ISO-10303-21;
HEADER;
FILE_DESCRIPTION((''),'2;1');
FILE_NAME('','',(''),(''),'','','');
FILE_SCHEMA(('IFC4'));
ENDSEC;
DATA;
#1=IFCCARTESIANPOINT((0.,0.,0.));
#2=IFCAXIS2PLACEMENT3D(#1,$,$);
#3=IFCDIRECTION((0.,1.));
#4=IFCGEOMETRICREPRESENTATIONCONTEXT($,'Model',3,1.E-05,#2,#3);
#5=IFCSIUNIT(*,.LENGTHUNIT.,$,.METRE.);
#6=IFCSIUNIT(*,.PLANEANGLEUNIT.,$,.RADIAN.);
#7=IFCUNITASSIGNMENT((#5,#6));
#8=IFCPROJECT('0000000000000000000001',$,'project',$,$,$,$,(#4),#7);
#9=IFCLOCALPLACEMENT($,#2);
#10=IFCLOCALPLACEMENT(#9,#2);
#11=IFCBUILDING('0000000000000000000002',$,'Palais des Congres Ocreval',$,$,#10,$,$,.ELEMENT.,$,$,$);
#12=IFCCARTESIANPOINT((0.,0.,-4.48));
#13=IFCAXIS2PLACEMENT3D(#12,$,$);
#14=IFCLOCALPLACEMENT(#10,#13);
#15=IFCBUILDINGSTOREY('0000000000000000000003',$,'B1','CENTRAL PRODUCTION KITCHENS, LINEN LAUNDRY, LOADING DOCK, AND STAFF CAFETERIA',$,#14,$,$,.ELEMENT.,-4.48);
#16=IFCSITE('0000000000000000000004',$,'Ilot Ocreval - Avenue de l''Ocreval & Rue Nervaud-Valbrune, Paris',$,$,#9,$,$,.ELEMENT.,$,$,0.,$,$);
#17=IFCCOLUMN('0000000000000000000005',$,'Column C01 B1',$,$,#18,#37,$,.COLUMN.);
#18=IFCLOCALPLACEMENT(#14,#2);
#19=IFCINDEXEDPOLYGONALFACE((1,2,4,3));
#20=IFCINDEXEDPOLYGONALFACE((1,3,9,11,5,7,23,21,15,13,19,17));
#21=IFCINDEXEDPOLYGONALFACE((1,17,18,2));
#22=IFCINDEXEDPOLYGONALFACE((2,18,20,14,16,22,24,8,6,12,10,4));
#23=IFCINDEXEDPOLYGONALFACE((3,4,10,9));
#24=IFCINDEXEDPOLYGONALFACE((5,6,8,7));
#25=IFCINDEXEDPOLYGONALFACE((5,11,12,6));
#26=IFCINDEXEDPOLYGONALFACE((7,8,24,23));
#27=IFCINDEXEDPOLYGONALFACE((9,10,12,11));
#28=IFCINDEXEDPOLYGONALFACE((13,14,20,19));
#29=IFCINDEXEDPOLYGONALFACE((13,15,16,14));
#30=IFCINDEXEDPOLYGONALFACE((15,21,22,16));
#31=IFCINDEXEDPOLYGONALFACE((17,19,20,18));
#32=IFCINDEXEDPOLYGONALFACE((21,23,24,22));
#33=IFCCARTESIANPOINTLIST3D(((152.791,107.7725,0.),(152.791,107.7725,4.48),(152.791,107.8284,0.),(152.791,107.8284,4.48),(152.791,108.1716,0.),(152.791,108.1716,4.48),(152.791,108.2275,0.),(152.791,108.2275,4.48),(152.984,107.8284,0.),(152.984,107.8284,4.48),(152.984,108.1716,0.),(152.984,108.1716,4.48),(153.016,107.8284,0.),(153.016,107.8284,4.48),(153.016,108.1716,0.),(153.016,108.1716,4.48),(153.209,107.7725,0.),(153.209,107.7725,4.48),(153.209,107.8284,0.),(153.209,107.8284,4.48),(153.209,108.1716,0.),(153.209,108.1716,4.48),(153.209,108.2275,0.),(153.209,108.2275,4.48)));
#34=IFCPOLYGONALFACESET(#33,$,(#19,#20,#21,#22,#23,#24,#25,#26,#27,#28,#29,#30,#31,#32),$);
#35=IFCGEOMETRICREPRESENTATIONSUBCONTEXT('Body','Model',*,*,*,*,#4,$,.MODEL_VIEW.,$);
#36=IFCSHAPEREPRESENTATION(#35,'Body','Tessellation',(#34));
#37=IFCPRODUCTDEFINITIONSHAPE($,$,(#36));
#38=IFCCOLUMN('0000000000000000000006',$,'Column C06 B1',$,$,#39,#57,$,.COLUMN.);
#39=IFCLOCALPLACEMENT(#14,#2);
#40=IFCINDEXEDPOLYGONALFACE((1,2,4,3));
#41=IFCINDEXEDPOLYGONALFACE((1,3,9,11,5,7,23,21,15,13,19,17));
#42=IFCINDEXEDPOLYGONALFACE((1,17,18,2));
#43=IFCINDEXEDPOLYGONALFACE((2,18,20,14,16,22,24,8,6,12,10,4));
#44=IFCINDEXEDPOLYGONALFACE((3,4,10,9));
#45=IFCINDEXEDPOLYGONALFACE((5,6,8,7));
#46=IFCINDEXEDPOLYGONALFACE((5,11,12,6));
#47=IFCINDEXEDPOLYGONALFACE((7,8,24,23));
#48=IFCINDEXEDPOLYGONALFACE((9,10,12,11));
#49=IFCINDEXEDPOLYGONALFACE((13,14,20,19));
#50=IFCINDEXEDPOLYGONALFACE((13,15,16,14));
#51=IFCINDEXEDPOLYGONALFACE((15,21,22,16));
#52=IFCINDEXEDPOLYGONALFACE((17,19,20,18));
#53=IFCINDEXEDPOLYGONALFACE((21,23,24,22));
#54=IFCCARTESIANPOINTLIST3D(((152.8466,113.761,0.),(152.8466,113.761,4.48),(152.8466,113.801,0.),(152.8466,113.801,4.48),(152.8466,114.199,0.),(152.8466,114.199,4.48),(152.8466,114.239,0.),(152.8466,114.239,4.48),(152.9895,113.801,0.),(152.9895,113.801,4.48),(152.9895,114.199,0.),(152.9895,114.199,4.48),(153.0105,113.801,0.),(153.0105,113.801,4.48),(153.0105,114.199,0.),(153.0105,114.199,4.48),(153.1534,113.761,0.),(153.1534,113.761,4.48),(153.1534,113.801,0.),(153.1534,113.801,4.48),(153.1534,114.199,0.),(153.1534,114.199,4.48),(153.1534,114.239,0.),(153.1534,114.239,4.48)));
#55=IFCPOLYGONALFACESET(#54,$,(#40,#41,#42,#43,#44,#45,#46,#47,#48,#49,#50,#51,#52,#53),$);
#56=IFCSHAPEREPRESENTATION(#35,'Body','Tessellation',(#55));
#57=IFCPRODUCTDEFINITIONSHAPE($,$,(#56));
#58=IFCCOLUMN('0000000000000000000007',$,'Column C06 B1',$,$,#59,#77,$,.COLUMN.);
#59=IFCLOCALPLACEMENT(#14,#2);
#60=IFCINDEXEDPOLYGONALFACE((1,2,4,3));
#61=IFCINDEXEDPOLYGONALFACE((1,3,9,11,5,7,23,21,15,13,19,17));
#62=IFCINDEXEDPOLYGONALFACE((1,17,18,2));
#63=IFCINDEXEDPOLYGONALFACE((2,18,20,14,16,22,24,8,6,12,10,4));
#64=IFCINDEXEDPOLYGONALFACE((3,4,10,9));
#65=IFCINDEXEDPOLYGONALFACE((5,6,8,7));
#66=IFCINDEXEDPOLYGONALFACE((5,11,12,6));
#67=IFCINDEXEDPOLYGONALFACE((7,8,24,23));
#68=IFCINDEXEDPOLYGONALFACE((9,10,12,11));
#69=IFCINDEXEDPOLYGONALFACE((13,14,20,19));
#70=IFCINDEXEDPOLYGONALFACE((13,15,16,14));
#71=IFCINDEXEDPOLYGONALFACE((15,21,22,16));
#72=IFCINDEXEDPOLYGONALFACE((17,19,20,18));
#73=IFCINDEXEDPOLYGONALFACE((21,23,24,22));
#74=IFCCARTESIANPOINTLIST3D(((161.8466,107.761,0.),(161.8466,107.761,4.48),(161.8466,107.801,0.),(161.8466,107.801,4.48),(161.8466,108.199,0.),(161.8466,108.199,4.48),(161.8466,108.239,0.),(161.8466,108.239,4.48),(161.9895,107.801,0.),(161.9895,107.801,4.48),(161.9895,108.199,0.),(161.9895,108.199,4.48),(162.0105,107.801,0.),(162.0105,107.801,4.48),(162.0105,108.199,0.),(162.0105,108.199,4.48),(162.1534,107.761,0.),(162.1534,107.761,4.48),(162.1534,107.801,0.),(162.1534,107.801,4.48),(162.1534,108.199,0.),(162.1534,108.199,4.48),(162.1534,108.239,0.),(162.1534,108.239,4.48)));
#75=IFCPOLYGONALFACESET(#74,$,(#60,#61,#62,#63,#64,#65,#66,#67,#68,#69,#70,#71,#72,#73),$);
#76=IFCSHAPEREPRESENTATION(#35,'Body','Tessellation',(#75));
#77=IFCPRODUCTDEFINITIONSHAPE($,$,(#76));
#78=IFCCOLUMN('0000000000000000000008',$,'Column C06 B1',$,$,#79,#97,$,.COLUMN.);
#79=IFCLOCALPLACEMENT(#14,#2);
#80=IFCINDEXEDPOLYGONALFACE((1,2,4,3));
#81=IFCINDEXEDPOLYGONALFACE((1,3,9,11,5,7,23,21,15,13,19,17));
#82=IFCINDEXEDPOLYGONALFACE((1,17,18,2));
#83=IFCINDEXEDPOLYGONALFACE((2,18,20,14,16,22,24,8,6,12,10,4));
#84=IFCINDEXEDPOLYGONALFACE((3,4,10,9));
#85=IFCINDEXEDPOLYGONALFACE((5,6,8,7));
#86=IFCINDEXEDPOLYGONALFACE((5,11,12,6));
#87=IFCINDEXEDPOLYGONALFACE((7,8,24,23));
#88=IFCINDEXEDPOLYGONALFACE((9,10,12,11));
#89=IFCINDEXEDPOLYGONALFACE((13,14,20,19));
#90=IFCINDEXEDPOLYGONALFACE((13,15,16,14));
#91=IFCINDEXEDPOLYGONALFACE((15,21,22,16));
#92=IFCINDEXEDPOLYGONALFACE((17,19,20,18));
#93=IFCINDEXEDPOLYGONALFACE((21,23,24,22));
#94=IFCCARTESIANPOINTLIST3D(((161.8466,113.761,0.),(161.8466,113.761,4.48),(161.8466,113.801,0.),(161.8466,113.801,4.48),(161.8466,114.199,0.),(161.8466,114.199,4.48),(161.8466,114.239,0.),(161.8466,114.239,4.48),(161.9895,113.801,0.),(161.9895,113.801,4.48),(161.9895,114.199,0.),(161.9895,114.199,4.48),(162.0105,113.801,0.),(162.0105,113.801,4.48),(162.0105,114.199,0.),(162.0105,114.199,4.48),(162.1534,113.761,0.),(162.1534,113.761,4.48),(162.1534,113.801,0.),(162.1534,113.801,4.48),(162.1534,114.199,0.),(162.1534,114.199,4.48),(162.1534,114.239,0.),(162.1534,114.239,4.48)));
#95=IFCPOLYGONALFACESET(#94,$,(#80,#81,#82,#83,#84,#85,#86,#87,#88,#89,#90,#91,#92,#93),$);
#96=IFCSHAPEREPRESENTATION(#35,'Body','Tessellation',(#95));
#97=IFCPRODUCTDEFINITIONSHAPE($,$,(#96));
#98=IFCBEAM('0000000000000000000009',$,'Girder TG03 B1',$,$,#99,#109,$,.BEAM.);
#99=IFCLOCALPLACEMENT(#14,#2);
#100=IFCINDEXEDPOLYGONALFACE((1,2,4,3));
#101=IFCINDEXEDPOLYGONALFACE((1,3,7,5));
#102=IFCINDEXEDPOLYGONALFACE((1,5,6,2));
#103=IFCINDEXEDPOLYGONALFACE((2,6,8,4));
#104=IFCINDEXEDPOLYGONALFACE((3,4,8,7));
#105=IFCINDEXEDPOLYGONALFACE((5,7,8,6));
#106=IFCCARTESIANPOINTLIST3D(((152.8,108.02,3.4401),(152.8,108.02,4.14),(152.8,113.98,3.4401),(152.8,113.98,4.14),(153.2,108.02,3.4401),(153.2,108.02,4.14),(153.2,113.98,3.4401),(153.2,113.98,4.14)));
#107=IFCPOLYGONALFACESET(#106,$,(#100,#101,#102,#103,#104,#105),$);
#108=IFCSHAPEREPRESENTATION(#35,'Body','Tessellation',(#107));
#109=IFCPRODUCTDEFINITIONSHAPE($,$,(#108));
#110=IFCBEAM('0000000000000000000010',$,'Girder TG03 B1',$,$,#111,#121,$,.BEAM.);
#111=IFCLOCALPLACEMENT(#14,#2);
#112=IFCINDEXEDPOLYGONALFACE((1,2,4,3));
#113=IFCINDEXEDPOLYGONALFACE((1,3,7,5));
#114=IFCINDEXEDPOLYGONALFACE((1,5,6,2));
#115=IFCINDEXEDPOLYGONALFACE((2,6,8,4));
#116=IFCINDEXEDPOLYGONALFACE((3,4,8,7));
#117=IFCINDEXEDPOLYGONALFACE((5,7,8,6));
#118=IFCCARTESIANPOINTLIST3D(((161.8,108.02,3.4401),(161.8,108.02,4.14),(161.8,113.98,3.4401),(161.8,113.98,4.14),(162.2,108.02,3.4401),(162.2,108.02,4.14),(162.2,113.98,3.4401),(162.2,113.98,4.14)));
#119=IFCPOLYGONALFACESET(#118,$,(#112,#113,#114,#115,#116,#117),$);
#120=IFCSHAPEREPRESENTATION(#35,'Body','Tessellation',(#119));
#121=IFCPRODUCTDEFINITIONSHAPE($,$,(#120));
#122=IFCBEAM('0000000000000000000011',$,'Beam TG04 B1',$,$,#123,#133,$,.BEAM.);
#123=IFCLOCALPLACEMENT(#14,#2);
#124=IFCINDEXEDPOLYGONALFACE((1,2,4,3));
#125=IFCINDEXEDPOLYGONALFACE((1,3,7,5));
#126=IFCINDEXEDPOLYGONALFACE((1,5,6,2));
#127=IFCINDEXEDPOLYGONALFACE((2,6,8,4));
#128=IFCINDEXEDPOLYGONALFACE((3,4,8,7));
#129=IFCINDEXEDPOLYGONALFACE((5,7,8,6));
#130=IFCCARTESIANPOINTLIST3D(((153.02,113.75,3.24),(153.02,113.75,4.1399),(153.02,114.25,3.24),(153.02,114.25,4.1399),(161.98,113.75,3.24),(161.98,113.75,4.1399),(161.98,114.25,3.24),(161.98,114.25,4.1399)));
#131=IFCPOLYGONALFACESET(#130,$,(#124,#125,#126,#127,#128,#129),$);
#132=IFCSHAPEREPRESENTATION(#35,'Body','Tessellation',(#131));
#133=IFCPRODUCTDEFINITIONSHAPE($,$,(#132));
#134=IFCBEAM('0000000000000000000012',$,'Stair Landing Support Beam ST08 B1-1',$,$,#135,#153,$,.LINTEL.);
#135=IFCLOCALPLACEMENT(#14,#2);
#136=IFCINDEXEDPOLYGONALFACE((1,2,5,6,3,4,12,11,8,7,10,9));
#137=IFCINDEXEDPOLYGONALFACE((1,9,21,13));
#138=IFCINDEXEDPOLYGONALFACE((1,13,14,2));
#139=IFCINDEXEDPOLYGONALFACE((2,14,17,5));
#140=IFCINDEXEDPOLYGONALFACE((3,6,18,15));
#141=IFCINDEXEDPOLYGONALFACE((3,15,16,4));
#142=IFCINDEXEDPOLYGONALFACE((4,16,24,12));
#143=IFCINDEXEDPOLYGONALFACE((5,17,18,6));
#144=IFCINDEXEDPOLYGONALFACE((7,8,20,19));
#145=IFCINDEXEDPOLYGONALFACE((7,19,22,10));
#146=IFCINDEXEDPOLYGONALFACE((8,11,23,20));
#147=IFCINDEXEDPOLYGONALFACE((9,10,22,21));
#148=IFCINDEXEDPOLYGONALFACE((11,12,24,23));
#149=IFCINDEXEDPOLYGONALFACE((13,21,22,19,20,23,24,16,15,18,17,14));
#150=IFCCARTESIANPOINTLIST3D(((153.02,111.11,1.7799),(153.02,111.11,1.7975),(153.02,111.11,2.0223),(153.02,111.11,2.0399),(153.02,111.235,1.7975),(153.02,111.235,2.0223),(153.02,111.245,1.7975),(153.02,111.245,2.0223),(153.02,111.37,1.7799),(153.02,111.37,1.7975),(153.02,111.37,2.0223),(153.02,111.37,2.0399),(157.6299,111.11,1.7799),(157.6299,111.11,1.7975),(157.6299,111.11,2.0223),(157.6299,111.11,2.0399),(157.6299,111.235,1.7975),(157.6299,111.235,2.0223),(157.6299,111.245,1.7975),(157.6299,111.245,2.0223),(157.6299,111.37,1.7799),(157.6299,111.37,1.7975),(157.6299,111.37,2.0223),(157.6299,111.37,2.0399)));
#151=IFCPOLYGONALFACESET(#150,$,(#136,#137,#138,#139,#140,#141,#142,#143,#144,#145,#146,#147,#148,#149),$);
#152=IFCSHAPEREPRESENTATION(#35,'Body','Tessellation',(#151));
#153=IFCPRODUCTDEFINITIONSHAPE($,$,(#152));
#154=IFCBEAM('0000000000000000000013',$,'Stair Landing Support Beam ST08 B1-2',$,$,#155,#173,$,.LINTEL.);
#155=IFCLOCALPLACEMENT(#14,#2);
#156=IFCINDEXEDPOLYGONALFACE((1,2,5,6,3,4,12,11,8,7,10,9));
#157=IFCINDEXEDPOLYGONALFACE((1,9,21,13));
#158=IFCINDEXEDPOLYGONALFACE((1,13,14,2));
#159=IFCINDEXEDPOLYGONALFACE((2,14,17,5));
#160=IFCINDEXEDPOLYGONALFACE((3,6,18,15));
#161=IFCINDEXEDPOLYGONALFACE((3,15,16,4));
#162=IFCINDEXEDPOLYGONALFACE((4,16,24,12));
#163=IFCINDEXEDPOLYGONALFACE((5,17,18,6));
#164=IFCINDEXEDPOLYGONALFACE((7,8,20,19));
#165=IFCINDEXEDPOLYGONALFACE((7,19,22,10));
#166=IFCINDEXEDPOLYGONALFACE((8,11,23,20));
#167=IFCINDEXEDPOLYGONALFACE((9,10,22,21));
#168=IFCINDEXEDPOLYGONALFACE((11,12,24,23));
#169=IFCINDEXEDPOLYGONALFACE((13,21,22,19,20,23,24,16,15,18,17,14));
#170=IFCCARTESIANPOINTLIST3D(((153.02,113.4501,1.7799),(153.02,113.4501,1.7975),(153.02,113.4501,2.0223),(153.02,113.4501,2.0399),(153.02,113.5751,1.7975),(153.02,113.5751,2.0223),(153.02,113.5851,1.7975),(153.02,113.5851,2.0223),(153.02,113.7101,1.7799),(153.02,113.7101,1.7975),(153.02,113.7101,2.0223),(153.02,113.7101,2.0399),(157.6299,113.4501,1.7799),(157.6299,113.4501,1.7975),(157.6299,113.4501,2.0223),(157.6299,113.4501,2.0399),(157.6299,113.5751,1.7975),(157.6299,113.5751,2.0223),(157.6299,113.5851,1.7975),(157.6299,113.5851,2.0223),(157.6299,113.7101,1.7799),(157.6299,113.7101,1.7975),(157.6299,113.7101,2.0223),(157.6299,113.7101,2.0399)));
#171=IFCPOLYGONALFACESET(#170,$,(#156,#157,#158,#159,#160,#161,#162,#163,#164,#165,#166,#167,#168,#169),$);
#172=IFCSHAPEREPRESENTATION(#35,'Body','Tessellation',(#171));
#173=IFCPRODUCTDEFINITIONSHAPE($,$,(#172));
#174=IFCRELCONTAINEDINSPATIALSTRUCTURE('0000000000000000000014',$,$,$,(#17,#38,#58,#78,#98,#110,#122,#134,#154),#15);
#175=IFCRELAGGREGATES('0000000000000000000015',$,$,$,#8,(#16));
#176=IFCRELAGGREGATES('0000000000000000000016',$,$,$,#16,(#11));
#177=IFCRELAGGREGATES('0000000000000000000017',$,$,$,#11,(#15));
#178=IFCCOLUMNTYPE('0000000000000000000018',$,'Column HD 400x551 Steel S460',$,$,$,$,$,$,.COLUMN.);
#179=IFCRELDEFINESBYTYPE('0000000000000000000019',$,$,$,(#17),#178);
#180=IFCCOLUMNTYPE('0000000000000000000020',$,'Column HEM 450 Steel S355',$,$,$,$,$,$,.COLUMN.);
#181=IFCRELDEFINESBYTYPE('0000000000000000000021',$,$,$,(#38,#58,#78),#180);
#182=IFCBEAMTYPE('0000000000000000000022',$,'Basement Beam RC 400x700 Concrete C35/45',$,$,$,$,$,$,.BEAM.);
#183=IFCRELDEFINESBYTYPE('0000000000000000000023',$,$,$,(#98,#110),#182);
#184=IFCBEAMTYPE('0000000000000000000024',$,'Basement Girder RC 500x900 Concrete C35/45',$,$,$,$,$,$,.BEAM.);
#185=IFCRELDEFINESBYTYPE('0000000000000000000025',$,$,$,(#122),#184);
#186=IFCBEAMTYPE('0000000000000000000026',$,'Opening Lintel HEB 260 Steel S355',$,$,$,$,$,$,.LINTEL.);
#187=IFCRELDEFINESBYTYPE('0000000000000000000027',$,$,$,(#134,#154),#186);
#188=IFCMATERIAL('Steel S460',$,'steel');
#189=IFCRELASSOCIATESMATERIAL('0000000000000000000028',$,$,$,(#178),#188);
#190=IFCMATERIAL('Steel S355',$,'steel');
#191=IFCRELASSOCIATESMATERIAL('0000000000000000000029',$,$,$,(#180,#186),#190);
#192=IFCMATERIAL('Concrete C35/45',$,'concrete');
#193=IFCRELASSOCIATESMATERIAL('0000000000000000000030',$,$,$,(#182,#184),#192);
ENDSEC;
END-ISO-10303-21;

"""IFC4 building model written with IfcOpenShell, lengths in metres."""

from ifc_helpers import new_model, si_unit, direction, frame, origin, origin_2d, place, context, subcontext, project, spatial, rectangle, i_section, extrude, material, material_profile, profile_set, type_object, element, save


model = new_model("IFC4")

# Units and contexts
model_context = context("Model", 3, precision=1e-05, world=origin(), true_north=direction((0.0, 1.0)))
body_context = subcontext(model_context, "Body", "Model", "MODEL_VIEW")
ifc_project = project(units=[si_unit("LENGTHUNIT", "METRE"), si_unit("PLANEANGLEUNIT", "RADIAN")], contexts=[model_context])

# Site, building, storey
site_placement = place(None, origin())
site = spatial("IfcSite", under=ifc_project, at=site_placement, Name="Ilot Ocreval - Avenue de l'Ocreval & Rue Nervaud-Valbrune, Paris", CompositionType="ELEMENT", RefElevation=0.0)
building_placement = place(site_placement, origin())
building = spatial("IfcBuilding", under=site, at=building_placement, Name="Palais des Congres Ocreval", CompositionType="ELEMENT")
storey_placement = place(building_placement, frame((0.0, 0.0, -4.48)))
storey = spatial("IfcBuildingStorey", under=building, at=storey_placement, Name="B1", Description="CENTRAL PRODUCTION KITCHENS, LINEN LAUNDRY, LOADING DOCK, AND STAFF CAFETERIA", CompositionType="ELEMENT", Elevation=-4.48)

# Columns
ifc_material_1 = material(Name="Steel S460", Category="steel")
ifc_material_profile_1 = material_profile(ifc_material_1, i_section(OverallWidth=0.418, OverallDepth=0.4551, WebThickness=0.032, FlangeThickness=0.0559, at=origin_2d()), Name="HD 400x551")
ifc_profile_set_1 = profile_set([ifc_material_profile_1], Name="Steel S460")
column_type_1 = type_object("IfcColumnType", Name="Column HD 400x551 Steel S460", PredefinedType="COLUMN", material=ifc_profile_set_1)
column_placement = place(storey_placement, frame((153.0, 108.0, 0.0), z_axis=(0.0, 0.0, 1.0), x_axis=(1.0, 0.0, 0.0)))
element("IfcColumn", 1, at=column_placement, inside=storey, type_object=column_type_1, Name="Column C01 B1", PredefinedType="COLUMN", context=body_context, shape_type="SweptSolid", body=[
    extrude(i_section(OverallWidth=0.418, OverallDepth=0.4551, WebThickness=0.032, FlangeThickness=0.0559, at=origin_2d()), origin(), (0.0, 0.0, 1.0), 4.48),
])
ifc_material_2 = material(Name="Steel S355", Category="steel")
ifc_material_profile_2 = material_profile(ifc_material_2, i_section(OverallWidth=0.3069, OverallDepth=0.478, WebThickness=0.021, FlangeThickness=0.04, at=origin_2d()), Name="HEM 450")
ifc_profile_set_2 = profile_set([ifc_material_profile_2], Name="Steel S355")
column_type_2 = type_object("IfcColumnType", Name="Column HEM 450 Steel S355", PredefinedType="COLUMN", material=ifc_profile_set_2)
for number, where, z_axis, x_axis, name in (
    (2, (153.0, 114.0, 0.0), (0.0, 0.0, 1.0), (1.0, 0.0, 0.0), "Column C06 B1"),
    (3, (162.0, 108.0, 0.0), (0.0, 0.0, 1.0), (1.0, 0.0, 0.0), "Column C06 B1"),
    (4, (162.0, 114.0, 0.0), (0.0, 0.0, 1.0), (1.0, 0.0, 0.0), "Column C06 B1"),
):
    element("IfcColumn", number, at=place(storey_placement, frame(where, z_axis=z_axis, x_axis=x_axis)), inside=storey, type_object=column_type_2, Name=name, PredefinedType="COLUMN", context=body_context, shape_type="SweptSolid", body=[
        extrude(i_section(OverallWidth=0.3069, OverallDepth=0.478, WebThickness=0.021, FlangeThickness=0.04, at=origin_2d()), origin(), (0.0, 0.0, 1.0), 4.48),
    ])

# Beams
ifc_material_3 = material(Name="Concrete C35/45", Category="concrete")
ifc_material_profile_3 = material_profile(ifc_material_3, rectangle(XDim=0.3999, YDim=0.7, at=origin_2d()), Name="RC 400x700")
ifc_profile_set_3 = profile_set([ifc_material_profile_3], Name="Concrete C35/45")
beam_type_1 = type_object("IfcBeamType", Name="Basement Beam RC 400x700 Concrete C35/45", PredefinedType="BEAM", material=ifc_profile_set_3)
for number, where, z_axis, x_axis, name in (
    (5, (153.0, 108.02, 3.79), (0.0, 1.0, 0.0), (-1.0, 0.0, 0.0), "Girder TG03 B1"),
    (6, (162.0, 108.02, 3.79), (0.0, 1.0, 0.0), (-1.0, 0.0, 0.0), "Girder TG03 B1"),
):
    element("IfcBeam", number, at=place(storey_placement, frame(where, z_axis=z_axis, x_axis=x_axis)), inside=storey, type_object=beam_type_1, Name=name, PredefinedType="BEAM", context=body_context, shape_type="SweptSolid", body=[
        extrude(rectangle(XDim=0.3999, YDim=0.7, at=origin_2d()), origin(), (0.0, 0.0, 1.0), 5.96),
    ])
ifc_material_profile_4 = material_profile(ifc_material_3, rectangle(XDim=0.5, YDim=0.8999, at=origin_2d()), Name="RC 500x900")
ifc_profile_set_4 = profile_set([ifc_material_profile_4], Name="Concrete C35/45")
beam_type_2 = type_object("IfcBeamType", Name="Basement Girder RC 500x900 Concrete C35/45", PredefinedType="BEAM", material=ifc_profile_set_4)
beam_placement = place(storey_placement, frame((153.02, 114.0, 3.6899), z_axis=(1.0, 0.0, 0.0), x_axis=(0.0, 1.0, 0.0)))
element("IfcBeam", 7, at=beam_placement, inside=storey, type_object=beam_type_2, Name="Beam TG04 B1", PredefinedType="BEAM", context=body_context, shape_type="SweptSolid", body=[
    extrude(rectangle(XDim=0.5, YDim=0.8999, at=origin_2d()), origin(), (0.0, 0.0, 1.0), 8.96),
])
ifc_material_profile_5 = material_profile(ifc_material_2, i_section(OverallWidth=0.26, OverallDepth=0.26, WebThickness=0.01, FlangeThickness=0.0176, at=origin_2d()), Name="HEB 260")
ifc_profile_set_5 = profile_set([ifc_material_profile_5], Name="Steel S355")
beam_type_3 = type_object("IfcBeamType", Name="Opening Lintel HEB 260 Steel S355", PredefinedType="LINTEL", material=ifc_profile_set_5)
for number, where, z_axis, x_axis, name in (
    (8, (153.02, 111.24, 1.9099), (1.0, 0.0, 0.0), (0.0, 1.0, 0.0), "Stair Landing Support Beam ST08 B1-1"),
    (9, (153.02, 113.5801, 1.9099), (1.0, 0.0, 0.0), (0.0, 1.0, 0.0), "Stair Landing Support Beam ST08 B1-2"),
):
    element("IfcBeam", number, at=place(storey_placement, frame(where, z_axis=z_axis, x_axis=x_axis)), inside=storey, type_object=beam_type_3, Name=name, PredefinedType="LINTEL", context=body_context, shape_type="SweptSolid", body=[
        extrude(i_section(OverallWidth=0.26, OverallDepth=0.26, WebThickness=0.01, FlangeThickness=0.0176, at=origin_2d()), origin(), (0.0, 0.0, 1.0), 4.6099),
    ])

save(model, "model.ifc")
